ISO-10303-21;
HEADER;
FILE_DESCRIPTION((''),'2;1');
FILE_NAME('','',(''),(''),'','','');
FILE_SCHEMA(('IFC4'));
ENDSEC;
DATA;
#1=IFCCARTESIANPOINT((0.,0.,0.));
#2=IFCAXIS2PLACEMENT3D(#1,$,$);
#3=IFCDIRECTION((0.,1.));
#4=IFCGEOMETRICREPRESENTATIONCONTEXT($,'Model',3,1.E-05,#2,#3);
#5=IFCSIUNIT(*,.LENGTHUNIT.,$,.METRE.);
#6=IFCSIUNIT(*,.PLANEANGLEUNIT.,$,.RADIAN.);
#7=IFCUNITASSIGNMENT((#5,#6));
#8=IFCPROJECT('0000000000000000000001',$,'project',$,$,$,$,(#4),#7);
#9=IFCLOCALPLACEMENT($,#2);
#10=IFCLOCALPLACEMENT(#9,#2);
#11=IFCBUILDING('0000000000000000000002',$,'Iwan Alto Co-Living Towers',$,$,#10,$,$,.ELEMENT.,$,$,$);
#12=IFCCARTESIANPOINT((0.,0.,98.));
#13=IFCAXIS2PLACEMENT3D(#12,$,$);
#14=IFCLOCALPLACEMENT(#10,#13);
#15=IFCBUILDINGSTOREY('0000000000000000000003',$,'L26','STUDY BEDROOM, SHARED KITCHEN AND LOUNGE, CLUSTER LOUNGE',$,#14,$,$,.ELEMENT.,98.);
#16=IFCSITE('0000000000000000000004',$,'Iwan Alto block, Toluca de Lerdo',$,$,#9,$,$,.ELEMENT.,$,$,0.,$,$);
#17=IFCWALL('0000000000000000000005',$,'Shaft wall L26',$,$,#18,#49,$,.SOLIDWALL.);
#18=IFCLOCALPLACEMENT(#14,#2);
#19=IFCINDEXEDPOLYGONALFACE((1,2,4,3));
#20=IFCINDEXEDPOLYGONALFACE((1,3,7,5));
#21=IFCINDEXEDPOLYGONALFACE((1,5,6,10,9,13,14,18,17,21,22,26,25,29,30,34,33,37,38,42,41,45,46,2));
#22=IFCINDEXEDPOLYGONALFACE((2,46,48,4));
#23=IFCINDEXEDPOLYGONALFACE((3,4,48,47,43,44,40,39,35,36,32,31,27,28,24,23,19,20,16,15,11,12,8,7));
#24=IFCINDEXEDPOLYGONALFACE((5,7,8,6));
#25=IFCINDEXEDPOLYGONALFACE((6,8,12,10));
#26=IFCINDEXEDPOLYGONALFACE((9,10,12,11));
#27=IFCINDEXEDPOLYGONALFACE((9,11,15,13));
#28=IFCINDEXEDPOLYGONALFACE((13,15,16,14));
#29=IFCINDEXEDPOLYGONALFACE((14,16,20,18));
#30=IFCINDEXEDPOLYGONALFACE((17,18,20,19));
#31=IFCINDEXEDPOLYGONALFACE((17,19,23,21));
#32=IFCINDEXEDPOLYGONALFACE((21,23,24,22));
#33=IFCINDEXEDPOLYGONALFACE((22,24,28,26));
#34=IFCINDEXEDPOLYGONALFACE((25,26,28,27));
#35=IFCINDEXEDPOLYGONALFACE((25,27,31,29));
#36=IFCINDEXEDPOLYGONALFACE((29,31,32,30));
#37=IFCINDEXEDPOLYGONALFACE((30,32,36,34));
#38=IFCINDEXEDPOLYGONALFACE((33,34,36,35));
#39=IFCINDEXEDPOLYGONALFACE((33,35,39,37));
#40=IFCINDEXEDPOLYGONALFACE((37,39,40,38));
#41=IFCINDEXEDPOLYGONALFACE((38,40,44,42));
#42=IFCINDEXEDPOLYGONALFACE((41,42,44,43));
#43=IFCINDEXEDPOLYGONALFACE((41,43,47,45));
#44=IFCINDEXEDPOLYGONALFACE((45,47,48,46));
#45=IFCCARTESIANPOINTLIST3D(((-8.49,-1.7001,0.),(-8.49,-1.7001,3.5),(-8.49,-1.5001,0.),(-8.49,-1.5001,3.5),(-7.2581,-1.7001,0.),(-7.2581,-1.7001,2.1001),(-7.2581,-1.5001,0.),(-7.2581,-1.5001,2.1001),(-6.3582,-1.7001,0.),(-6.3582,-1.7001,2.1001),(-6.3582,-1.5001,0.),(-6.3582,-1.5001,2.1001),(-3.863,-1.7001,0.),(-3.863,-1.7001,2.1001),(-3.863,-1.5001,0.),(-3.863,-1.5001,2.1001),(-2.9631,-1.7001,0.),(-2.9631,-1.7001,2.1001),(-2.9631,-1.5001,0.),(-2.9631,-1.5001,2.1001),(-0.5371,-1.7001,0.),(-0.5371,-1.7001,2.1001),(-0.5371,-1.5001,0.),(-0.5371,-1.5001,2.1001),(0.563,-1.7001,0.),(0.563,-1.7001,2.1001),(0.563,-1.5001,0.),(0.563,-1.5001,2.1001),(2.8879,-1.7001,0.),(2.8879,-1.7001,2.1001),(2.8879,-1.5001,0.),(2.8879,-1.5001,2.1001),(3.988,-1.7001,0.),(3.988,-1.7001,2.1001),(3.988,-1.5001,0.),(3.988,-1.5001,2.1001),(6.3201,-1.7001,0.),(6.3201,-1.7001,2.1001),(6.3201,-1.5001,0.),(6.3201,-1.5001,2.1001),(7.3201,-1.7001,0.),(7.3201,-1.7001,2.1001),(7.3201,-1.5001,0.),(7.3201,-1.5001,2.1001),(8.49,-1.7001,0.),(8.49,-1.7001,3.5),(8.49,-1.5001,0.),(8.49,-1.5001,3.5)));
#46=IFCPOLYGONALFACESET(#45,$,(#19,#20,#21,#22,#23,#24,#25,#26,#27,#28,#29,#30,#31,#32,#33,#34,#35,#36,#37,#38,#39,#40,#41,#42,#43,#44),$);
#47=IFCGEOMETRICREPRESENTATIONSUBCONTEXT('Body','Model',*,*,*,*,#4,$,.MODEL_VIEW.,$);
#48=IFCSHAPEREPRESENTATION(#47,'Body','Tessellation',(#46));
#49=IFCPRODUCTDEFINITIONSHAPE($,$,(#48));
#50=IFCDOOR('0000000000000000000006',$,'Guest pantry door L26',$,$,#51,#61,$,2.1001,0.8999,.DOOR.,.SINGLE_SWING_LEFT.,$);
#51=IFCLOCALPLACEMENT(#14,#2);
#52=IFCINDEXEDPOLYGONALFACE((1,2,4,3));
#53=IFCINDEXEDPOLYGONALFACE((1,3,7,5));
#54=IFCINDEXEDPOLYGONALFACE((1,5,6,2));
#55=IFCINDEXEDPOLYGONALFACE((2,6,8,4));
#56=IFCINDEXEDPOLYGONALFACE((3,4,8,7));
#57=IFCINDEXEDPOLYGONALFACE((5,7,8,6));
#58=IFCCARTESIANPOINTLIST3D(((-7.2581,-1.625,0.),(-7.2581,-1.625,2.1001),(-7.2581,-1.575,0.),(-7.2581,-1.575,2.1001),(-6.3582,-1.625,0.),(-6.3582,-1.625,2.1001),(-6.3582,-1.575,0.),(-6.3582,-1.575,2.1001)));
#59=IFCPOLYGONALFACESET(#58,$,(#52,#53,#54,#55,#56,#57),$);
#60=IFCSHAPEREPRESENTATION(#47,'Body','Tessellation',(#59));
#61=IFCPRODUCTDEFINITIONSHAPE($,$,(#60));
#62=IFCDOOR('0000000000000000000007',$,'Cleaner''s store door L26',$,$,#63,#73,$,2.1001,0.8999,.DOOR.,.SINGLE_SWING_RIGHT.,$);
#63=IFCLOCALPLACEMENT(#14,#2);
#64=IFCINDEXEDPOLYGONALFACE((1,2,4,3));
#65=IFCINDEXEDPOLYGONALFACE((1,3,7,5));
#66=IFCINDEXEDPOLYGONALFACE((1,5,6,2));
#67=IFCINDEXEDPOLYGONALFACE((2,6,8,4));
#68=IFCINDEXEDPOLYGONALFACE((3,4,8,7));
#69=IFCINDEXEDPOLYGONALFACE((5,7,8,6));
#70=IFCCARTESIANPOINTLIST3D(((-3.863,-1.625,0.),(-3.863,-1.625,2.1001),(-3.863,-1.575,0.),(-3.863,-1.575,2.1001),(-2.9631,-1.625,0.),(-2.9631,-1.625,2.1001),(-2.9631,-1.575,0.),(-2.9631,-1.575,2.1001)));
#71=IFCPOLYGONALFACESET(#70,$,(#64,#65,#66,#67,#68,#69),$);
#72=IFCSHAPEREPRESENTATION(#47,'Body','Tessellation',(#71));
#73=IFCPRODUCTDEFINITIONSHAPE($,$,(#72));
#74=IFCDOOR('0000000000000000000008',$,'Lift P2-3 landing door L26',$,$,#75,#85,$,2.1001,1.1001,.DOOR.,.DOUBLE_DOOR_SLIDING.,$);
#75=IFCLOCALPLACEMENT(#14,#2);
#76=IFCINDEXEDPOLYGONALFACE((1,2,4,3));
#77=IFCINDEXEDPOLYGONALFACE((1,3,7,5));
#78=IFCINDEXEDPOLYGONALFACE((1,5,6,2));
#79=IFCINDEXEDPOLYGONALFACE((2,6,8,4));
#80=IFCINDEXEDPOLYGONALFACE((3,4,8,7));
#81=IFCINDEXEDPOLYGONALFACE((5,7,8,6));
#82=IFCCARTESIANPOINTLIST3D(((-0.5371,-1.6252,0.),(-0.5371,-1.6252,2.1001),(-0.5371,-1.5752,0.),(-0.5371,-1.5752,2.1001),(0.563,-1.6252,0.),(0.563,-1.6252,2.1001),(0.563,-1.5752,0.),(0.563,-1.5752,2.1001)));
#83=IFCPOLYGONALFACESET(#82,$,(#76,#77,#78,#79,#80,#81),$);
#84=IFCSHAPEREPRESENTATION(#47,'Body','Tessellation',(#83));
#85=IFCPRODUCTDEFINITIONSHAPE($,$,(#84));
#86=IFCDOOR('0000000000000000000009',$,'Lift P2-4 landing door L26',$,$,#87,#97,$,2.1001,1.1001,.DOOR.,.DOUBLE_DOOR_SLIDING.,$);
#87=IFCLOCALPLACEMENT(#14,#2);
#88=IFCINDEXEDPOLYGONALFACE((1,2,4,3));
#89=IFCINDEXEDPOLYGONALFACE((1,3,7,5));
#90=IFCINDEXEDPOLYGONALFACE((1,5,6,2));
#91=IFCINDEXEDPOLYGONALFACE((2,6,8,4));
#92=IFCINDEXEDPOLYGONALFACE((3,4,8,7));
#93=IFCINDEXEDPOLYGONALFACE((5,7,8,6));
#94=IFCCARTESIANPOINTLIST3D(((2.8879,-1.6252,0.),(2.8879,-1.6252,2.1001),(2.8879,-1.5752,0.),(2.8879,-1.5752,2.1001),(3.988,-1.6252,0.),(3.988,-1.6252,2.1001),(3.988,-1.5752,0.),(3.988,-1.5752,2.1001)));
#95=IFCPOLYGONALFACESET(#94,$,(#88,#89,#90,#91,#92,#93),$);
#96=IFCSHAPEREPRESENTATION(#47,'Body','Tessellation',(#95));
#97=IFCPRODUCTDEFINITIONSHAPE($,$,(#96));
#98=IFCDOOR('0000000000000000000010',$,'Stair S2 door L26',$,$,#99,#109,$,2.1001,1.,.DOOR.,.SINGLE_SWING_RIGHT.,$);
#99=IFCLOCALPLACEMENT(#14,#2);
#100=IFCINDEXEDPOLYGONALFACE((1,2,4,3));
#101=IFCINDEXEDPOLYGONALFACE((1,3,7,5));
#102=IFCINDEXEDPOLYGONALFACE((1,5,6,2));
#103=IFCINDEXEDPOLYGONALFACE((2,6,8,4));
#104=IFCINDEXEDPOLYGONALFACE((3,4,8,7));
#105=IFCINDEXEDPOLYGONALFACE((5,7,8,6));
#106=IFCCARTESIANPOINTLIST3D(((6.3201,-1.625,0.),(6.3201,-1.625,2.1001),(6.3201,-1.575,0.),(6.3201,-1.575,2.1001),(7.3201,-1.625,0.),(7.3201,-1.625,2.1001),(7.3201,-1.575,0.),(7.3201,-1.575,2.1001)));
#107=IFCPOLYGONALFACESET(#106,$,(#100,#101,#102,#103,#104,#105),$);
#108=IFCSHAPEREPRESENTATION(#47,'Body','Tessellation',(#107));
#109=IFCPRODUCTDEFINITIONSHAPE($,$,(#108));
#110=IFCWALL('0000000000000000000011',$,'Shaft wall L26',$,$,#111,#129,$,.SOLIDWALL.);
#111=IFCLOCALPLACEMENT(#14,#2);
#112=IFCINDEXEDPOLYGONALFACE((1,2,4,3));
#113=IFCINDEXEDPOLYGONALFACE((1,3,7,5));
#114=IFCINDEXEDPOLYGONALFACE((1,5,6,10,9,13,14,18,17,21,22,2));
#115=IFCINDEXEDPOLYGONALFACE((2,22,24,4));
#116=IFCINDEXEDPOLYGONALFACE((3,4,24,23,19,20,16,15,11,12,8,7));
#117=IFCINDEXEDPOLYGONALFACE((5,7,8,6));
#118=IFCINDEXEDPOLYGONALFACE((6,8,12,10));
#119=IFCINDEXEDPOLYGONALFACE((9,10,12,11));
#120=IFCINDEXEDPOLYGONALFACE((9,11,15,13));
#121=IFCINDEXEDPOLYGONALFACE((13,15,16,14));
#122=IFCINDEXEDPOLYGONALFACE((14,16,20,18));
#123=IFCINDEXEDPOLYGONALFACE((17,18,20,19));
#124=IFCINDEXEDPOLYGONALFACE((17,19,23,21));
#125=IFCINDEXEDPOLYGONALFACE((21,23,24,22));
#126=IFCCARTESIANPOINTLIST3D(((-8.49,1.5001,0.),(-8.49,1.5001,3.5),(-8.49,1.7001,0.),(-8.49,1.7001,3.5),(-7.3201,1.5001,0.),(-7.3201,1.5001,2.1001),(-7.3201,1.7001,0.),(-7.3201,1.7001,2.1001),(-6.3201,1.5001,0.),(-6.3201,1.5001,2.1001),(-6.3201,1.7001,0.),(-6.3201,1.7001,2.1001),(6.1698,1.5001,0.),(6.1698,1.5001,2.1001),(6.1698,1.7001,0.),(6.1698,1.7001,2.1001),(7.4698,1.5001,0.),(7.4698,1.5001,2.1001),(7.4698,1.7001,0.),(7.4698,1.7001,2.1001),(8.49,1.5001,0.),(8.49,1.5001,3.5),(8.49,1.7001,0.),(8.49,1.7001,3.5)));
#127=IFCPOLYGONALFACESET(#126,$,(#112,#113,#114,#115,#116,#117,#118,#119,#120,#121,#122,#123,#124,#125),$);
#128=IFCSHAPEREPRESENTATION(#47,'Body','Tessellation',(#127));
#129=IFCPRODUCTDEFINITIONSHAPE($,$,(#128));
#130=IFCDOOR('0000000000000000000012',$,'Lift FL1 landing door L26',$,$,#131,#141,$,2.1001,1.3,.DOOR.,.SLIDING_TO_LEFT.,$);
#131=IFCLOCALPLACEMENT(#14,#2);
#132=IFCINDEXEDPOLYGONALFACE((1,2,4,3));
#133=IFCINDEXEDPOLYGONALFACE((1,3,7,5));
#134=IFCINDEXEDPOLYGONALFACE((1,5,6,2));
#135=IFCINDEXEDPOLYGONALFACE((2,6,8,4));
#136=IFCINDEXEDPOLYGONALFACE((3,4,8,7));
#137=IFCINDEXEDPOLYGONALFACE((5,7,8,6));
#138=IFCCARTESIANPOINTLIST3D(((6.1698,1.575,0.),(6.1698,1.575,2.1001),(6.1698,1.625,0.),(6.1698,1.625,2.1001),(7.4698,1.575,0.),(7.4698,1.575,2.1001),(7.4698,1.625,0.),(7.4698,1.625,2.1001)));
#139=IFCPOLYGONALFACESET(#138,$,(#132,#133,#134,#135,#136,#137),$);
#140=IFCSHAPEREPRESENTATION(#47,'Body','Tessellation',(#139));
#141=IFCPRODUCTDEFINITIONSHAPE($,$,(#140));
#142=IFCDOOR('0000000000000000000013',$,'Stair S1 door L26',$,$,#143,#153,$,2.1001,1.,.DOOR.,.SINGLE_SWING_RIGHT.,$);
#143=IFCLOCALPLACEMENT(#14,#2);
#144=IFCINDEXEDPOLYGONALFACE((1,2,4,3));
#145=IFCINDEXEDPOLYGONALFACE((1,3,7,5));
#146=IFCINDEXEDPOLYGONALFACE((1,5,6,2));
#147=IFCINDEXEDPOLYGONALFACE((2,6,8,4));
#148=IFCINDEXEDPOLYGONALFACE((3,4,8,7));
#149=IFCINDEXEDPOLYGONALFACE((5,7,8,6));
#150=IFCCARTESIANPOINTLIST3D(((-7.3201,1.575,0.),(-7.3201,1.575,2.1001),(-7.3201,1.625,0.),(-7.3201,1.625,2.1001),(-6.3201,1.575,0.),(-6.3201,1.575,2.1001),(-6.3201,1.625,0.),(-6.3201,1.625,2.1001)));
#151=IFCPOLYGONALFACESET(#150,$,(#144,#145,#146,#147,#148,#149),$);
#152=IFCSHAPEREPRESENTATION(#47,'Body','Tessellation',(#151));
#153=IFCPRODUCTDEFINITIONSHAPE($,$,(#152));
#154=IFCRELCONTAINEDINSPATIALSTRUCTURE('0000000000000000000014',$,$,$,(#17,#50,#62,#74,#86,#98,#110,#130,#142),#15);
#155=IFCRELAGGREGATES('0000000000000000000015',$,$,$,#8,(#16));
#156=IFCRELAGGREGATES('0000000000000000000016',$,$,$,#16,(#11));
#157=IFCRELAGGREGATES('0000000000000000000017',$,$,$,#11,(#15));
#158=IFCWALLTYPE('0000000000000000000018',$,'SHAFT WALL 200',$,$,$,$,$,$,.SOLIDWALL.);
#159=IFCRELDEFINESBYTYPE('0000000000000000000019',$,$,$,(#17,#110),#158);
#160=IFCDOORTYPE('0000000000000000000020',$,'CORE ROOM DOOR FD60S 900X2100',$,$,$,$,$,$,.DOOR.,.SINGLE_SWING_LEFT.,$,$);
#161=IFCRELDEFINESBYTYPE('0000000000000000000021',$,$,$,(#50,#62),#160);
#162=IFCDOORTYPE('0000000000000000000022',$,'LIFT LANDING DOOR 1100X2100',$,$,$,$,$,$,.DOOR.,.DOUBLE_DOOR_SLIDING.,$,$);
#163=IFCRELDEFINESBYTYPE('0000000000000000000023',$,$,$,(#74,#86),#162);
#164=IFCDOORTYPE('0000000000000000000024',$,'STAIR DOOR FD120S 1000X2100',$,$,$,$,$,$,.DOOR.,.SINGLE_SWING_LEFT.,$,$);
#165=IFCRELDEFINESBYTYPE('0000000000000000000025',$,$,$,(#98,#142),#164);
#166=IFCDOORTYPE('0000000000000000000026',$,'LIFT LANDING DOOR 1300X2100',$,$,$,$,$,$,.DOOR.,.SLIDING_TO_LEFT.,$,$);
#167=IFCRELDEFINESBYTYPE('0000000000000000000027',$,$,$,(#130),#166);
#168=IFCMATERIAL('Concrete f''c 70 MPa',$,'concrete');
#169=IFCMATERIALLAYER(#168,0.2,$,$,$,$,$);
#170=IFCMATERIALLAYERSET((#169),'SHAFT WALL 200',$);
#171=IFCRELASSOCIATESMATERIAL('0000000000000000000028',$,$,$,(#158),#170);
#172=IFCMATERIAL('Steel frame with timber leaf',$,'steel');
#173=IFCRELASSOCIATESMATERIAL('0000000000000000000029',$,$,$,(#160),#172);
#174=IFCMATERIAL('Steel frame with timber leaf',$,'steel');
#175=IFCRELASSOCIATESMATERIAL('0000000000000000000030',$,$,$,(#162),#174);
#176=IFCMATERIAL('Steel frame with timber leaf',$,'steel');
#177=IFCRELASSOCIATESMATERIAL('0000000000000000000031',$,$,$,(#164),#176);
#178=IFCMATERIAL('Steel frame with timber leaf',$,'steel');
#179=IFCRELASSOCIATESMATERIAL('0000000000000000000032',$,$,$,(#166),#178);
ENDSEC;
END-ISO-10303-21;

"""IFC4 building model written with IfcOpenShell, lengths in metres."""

from ifc_helpers import new_model, si_unit, direction, frame, frame_2d, origin, place, context, subcontext, project, spatial, rectangle, extrude, material, layer, layer_set, type_object, element, fill, save


model = new_model("IFC4")

# Units and contexts
model_context = context("Model", 3, precision=1e-05, world=origin(), true_north=direction((0.0, 1.0)))
body_context = subcontext(model_context, "Body", "Model", "MODEL_VIEW")
ifc_project = project(units=[si_unit("LENGTHUNIT", "METRE"), si_unit("PLANEANGLEUNIT", "RADIAN")], contexts=[model_context])

# Site, building, storey
site_placement = place(None, origin())
site = spatial("IfcSite", under=ifc_project, at=site_placement, Name="Iwan Alto block, Toluca de Lerdo", CompositionType="ELEMENT", RefElevation=0.0)
building_placement = place(site_placement, origin())
building = spatial("IfcBuilding", under=site, at=building_placement, Name="Iwan Alto Co-Living Towers", CompositionType="ELEMENT")
storey_placement = place(building_placement, frame((0.0, 0.0, 98.0)))
storey = spatial("IfcBuildingStorey", under=building, at=storey_placement, Name="L26", Description="STUDY BEDROOM, SHARED KITCHEN AND LOUNGE, CLUSTER LOUNGE", CompositionType="ELEMENT", Elevation=98.0)

# Walls, openings, doors
ifc_material_1 = material(Name="Concrete f'c 70 MPa", Category="concrete")
ifc_layer_1 = layer(ifc_material_1, 0.2)
ifc_layer_set_1 = layer_set([ifc_layer_1], Name="SHAFT WALL 200")
wall_type_1 = type_object("IfcWallType", Name="SHAFT WALL 200", PredefinedType="SOLIDWALL", material=ifc_layer_set_1)
wall_1_placement = place(storey_placement, frame((-8.49, -1.6001, 0.0), z_axis=(0.0, 0.0, 1.0), x_axis=(1.0, 0.0, 0.0)))
wall_1 = element("IfcWall", 1, at=wall_1_placement, inside=storey, type_object=wall_type_1, Name="Shaft wall L26", PredefinedType="SOLIDWALL", context=body_context, shape_type="SweptSolid", body=[
    extrude(rectangle(XDim=16.98, YDim=0.2, at=frame_2d((8.49, 0.0))), origin(), (0.0, 0.0, 1.0), 3.5),
])
opening_1_placement = place(wall_1_placement, frame((14.8101, 0.0, 0.0)))
opening_1 = element("IfcOpeningElement", 2, at=opening_1_placement, cuts=wall_1, PredefinedType="OPENING", context=body_context, shape_type="SweptSolid", body=[
    extrude(rectangle(XDim=1.0, YDim=2.1001, at=frame_2d((0.5, 1.05))), frame((0.0, 0.1099, 0.0), z_axis=(0.0, -1.0, 0.0), x_axis=(1.0, 0.0, 0.0)), (0.0, 0.0, 1.0), 0.22),
])
opening_2_placement = place(wall_1_placement, frame((1.2319, 0.0, 0.0)))
opening_2 = element("IfcOpeningElement", 3, at=opening_2_placement, cuts=wall_1, PredefinedType="OPENING", context=body_context, shape_type="SweptSolid", body=[
    extrude(rectangle(XDim=0.8999, YDim=2.1001, at=frame_2d((0.45, 1.05))), frame((0.0, 0.1099, 0.0), z_axis=(0.0, -1.0, 0.0), x_axis=(1.0, 0.0, 0.0)), (0.0, 0.0, 1.0), 0.22),
])
opening_3_placement = place(wall_1_placement, frame((4.627, 0.0, 0.0)))
opening_3 = element("IfcOpeningElement", 4, at=opening_3_placement, cuts=wall_1, PredefinedType="OPENING", context=body_context, shape_type="SweptSolid", body=[
    extrude(rectangle(XDim=0.8999, YDim=2.1001, at=frame_2d((0.45, 1.05))), frame((0.0, 0.1099, 0.0), z_axis=(0.0, -1.0, 0.0), x_axis=(1.0, 0.0, 0.0)), (0.0, 0.0, 1.0), 0.22),
])
opening_4_placement = place(wall_1_placement, frame((7.9529, 0.0, 0.0)))
opening_4 = element("IfcOpeningElement", 5, at=opening_4_placement, cuts=wall_1, PredefinedType="OPENING", context=body_context, shape_type="SweptSolid", body=[
    extrude(rectangle(XDim=1.1001, YDim=2.1001, at=frame_2d((0.55, 1.05))), frame((0.0, 0.1099, 0.0), z_axis=(0.0, -1.0, 0.0), x_axis=(1.0, 0.0, 0.0)), (0.0, 0.0, 1.0), 0.22),
])
opening_5_placement = place(wall_1_placement, frame((11.3779, 0.0, 0.0)))
opening_5 = element("IfcOpeningElement", 6, at=opening_5_placement, cuts=wall_1, PredefinedType="OPENING", context=body_context, shape_type="SweptSolid", body=[
    extrude(rectangle(XDim=1.1001, YDim=2.1001, at=frame_2d((0.55, 1.05))), frame((0.0, 0.1099, 0.0), z_axis=(0.0, -1.0, 0.0), x_axis=(1.0, 0.0, 0.0)), (0.0, 0.0, 1.0), 0.22),
])
ifc_material_2 = material(Name="Steel frame with timber leaf", Category="steel")
door_type_1 = type_object("IfcDoorType", Name="CORE ROOM DOOR FD60S 900X2100", OperationType="SINGLE_SWING_LEFT", PredefinedType="DOOR", material=ifc_material_2)
door_1_placement = place(opening_2_placement, frame((0.8999, 0.0, 0.0), z_axis=(0.0, 0.0, 1.0), x_axis=(-1.0, 0.0, 0.0)))
door_1 = element("IfcDoor", 7, at=door_1_placement, inside=storey, type_object=door_type_1, Name="Guest pantry door L26", OperationType="SINGLE_SWING_LEFT", OverallHeight=2.1001, OverallWidth=0.8999, PredefinedType="DOOR", context=body_context, shape_type="SweptSolid", body=[
    extrude(rectangle(XDim=0.8999, YDim=2.1001, at=frame_2d((0.45, 1.05))), frame((0.0, 0.0249, 0.0), z_axis=(0.0, -1.0, 0.0), x_axis=(1.0, 0.0, 0.0)), (0.0, 0.0, 1.0), 0.05),
])
fill(opening_2, door_1)
door_2_placement = place(opening_3_placement, frame((0.8999, 0.0, 0.0), z_axis=(0.0, 0.0, 1.0), x_axis=(-1.0, 0.0, 0.0)))
door_2 = element("IfcDoor", 8, at=door_2_placement, inside=storey, type_object=door_type_1, Name="Cleaner's store door L26", OperationType="SINGLE_SWING_RIGHT", OverallHeight=2.1001, OverallWidth=0.8999, PredefinedType="DOOR", context=body_context, shape_type="SweptSolid", body=[
    extrude(rectangle(XDim=0.8999, YDim=2.1001, at=frame_2d((0.45, 1.05))), frame((0.0, 0.0249, 0.0), z_axis=(0.0, -1.0, 0.0), x_axis=(1.0, 0.0, 0.0)), (0.0, 0.0, 1.0), 0.05),
])
fill(opening_3, door_2)
ifc_material_3 = material(Name="Steel frame with timber leaf", Category="steel")
door_type_2 = type_object("IfcDoorType", Name="LIFT LANDING DOOR 1100X2100", OperationType="DOUBLE_DOOR_SLIDING", PredefinedType="DOOR", material=ifc_material_3)
door_3_placement = place(opening_4_placement, origin())
door_3 = element("IfcDoor", 9, at=door_3_placement, inside=storey, type_object=door_type_2, Name="Lift P2-3 landing door L26", OperationType="DOUBLE_DOOR_SLIDING", OverallHeight=2.1001, OverallWidth=1.1001, PredefinedType="DOOR", context=body_context, shape_type="SweptSolid", body=[
    extrude(rectangle(XDim=1.1001, YDim=2.1001, at=frame_2d((0.55, 1.05))), frame((0.0, 0.0249, 0.0), z_axis=(0.0, -1.0, 0.0), x_axis=(1.0, 0.0, 0.0)), (0.0, 0.0, 1.0), 0.05),
])
fill(opening_4, door_3)
door_4_placement = place(opening_5_placement, origin())
door_4 = element("IfcDoor", 10, at=door_4_placement, inside=storey, type_object=door_type_2, Name="Lift P2-4 landing door L26", OperationType="DOUBLE_DOOR_SLIDING", OverallHeight=2.1001, OverallWidth=1.1001, PredefinedType="DOOR", context=body_context, shape_type="SweptSolid", body=[
    extrude(rectangle(XDim=1.1001, YDim=2.1001, at=frame_2d((0.55, 1.05))), frame((0.0, 0.0249, 0.0), z_axis=(0.0, -1.0, 0.0), x_axis=(1.0, 0.0, 0.0)), (0.0, 0.0, 1.0), 0.05),
])
fill(opening_5, door_4)
ifc_material_4 = material(Name="Steel frame with timber leaf", Category="steel")
door_type_3 = type_object("IfcDoorType", Name="STAIR DOOR FD120S 1000X2100", OperationType="SINGLE_SWING_LEFT", PredefinedType="DOOR", material=ifc_material_4)
door_5_placement = place(opening_1_placement, frame((1.0, 0.0, 0.0), z_axis=(0.0, 0.0, 1.0), x_axis=(-1.0, 0.0, 0.0)))
door_5 = element("IfcDoor", 11, at=door_5_placement, inside=storey, type_object=door_type_3, Name="Stair S2 door L26", OperationType="SINGLE_SWING_RIGHT", OverallHeight=2.1001, OverallWidth=1.0, PredefinedType="DOOR", context=body_context, shape_type="SweptSolid", body=[
    extrude(rectangle(XDim=1.0, YDim=2.1001, at=frame_2d((0.5, 1.05))), frame((0.0, 0.0249, 0.0), z_axis=(0.0, -1.0, 0.0), x_axis=(1.0, 0.0, 0.0)), (0.0, 0.0, 1.0), 0.05),
])
fill(opening_1, door_5)
wall_2_placement = place(storey_placement, frame((-8.49, 1.6001, 0.0), z_axis=(0.0, 0.0, 1.0), x_axis=(1.0, 0.0, 0.0)))
wall_2 = element("IfcWall", 12, at=wall_2_placement, inside=storey, type_object=wall_type_1, Name="Shaft wall L26", PredefinedType="SOLIDWALL", context=body_context, shape_type="SweptSolid", body=[
    extrude(rectangle(XDim=16.98, YDim=0.2, at=frame_2d((8.49, 0.0))), origin(), (0.0, 0.0, 1.0), 3.5),
])
opening_6_placement = place(wall_2_placement, frame((1.1699, 0.0, 0.0)))
opening_6 = element("IfcOpeningElement", 13, at=opening_6_placement, cuts=wall_2, PredefinedType="OPENING", context=body_context, shape_type="SweptSolid", body=[
    extrude(rectangle(XDim=1.0, YDim=2.1001, at=frame_2d((0.5, 1.05))), frame((0.0, 0.1099, 0.0), z_axis=(0.0, -1.0, 0.0), x_axis=(1.0, 0.0, 0.0)), (0.0, 0.0, 1.0), 0.22),
])
opening_7_placement = place(wall_2_placement, frame((14.6599, 0.0, 0.0)))
opening_7 = element("IfcOpeningElement", 14, at=opening_7_placement, cuts=wall_2, PredefinedType="OPENING", context=body_context, shape_type="SweptSolid", body=[
    extrude(rectangle(XDim=1.3, YDim=2.1001, at=frame_2d((0.6499, 1.05))), frame((0.0, 0.1099, 0.0), z_axis=(0.0, -1.0, 0.0), x_axis=(1.0, 0.0, 0.0)), (0.0, 0.0, 1.0), 0.22),
])
ifc_material_5 = material(Name="Steel frame with timber leaf", Category="steel")
door_type_4 = type_object("IfcDoorType", Name="LIFT LANDING DOOR 1300X2100", OperationType="SLIDING_TO_LEFT", PredefinedType="DOOR", material=ifc_material_5)
door_6_placement = place(opening_7_placement, origin())
door_6 = element("IfcDoor", 15, at=door_6_placement, inside=storey, type_object=door_type_4, Name="Lift FL1 landing door L26", OperationType="SLIDING_TO_LEFT", OverallHeight=2.1001, OverallWidth=1.3, PredefinedType="DOOR", context=body_context, shape_type="SweptSolid", body=[
    extrude(rectangle(XDim=1.3, YDim=2.1001, at=frame_2d((0.6499, 1.05))), frame((0.0, 0.0249, 0.0), z_axis=(0.0, -1.0, 0.0), x_axis=(1.0, 0.0, 0.0)), (0.0, 0.0, 1.0), 0.05),
])
fill(opening_7, door_6)
door_7_placement = place(opening_6_placement, origin())
door_7 = element("IfcDoor", 16, at=door_7_placement, inside=storey, type_object=door_type_3, Name="Stair S1 door L26", OperationType="SINGLE_SWING_RIGHT", OverallHeight=2.1001, OverallWidth=1.0, PredefinedType="DOOR", context=body_context, shape_type="SweptSolid", body=[
    extrude(rectangle(XDim=1.0, YDim=2.1001, at=frame_2d((0.5, 1.05))), frame((0.0, 0.0249, 0.0), z_axis=(0.0, -1.0, 0.0), x_axis=(1.0, 0.0, 0.0)), (0.0, 0.0, 1.0), 0.05),
])
fill(opening_6, door_7)

save(model, "model.ifc")
